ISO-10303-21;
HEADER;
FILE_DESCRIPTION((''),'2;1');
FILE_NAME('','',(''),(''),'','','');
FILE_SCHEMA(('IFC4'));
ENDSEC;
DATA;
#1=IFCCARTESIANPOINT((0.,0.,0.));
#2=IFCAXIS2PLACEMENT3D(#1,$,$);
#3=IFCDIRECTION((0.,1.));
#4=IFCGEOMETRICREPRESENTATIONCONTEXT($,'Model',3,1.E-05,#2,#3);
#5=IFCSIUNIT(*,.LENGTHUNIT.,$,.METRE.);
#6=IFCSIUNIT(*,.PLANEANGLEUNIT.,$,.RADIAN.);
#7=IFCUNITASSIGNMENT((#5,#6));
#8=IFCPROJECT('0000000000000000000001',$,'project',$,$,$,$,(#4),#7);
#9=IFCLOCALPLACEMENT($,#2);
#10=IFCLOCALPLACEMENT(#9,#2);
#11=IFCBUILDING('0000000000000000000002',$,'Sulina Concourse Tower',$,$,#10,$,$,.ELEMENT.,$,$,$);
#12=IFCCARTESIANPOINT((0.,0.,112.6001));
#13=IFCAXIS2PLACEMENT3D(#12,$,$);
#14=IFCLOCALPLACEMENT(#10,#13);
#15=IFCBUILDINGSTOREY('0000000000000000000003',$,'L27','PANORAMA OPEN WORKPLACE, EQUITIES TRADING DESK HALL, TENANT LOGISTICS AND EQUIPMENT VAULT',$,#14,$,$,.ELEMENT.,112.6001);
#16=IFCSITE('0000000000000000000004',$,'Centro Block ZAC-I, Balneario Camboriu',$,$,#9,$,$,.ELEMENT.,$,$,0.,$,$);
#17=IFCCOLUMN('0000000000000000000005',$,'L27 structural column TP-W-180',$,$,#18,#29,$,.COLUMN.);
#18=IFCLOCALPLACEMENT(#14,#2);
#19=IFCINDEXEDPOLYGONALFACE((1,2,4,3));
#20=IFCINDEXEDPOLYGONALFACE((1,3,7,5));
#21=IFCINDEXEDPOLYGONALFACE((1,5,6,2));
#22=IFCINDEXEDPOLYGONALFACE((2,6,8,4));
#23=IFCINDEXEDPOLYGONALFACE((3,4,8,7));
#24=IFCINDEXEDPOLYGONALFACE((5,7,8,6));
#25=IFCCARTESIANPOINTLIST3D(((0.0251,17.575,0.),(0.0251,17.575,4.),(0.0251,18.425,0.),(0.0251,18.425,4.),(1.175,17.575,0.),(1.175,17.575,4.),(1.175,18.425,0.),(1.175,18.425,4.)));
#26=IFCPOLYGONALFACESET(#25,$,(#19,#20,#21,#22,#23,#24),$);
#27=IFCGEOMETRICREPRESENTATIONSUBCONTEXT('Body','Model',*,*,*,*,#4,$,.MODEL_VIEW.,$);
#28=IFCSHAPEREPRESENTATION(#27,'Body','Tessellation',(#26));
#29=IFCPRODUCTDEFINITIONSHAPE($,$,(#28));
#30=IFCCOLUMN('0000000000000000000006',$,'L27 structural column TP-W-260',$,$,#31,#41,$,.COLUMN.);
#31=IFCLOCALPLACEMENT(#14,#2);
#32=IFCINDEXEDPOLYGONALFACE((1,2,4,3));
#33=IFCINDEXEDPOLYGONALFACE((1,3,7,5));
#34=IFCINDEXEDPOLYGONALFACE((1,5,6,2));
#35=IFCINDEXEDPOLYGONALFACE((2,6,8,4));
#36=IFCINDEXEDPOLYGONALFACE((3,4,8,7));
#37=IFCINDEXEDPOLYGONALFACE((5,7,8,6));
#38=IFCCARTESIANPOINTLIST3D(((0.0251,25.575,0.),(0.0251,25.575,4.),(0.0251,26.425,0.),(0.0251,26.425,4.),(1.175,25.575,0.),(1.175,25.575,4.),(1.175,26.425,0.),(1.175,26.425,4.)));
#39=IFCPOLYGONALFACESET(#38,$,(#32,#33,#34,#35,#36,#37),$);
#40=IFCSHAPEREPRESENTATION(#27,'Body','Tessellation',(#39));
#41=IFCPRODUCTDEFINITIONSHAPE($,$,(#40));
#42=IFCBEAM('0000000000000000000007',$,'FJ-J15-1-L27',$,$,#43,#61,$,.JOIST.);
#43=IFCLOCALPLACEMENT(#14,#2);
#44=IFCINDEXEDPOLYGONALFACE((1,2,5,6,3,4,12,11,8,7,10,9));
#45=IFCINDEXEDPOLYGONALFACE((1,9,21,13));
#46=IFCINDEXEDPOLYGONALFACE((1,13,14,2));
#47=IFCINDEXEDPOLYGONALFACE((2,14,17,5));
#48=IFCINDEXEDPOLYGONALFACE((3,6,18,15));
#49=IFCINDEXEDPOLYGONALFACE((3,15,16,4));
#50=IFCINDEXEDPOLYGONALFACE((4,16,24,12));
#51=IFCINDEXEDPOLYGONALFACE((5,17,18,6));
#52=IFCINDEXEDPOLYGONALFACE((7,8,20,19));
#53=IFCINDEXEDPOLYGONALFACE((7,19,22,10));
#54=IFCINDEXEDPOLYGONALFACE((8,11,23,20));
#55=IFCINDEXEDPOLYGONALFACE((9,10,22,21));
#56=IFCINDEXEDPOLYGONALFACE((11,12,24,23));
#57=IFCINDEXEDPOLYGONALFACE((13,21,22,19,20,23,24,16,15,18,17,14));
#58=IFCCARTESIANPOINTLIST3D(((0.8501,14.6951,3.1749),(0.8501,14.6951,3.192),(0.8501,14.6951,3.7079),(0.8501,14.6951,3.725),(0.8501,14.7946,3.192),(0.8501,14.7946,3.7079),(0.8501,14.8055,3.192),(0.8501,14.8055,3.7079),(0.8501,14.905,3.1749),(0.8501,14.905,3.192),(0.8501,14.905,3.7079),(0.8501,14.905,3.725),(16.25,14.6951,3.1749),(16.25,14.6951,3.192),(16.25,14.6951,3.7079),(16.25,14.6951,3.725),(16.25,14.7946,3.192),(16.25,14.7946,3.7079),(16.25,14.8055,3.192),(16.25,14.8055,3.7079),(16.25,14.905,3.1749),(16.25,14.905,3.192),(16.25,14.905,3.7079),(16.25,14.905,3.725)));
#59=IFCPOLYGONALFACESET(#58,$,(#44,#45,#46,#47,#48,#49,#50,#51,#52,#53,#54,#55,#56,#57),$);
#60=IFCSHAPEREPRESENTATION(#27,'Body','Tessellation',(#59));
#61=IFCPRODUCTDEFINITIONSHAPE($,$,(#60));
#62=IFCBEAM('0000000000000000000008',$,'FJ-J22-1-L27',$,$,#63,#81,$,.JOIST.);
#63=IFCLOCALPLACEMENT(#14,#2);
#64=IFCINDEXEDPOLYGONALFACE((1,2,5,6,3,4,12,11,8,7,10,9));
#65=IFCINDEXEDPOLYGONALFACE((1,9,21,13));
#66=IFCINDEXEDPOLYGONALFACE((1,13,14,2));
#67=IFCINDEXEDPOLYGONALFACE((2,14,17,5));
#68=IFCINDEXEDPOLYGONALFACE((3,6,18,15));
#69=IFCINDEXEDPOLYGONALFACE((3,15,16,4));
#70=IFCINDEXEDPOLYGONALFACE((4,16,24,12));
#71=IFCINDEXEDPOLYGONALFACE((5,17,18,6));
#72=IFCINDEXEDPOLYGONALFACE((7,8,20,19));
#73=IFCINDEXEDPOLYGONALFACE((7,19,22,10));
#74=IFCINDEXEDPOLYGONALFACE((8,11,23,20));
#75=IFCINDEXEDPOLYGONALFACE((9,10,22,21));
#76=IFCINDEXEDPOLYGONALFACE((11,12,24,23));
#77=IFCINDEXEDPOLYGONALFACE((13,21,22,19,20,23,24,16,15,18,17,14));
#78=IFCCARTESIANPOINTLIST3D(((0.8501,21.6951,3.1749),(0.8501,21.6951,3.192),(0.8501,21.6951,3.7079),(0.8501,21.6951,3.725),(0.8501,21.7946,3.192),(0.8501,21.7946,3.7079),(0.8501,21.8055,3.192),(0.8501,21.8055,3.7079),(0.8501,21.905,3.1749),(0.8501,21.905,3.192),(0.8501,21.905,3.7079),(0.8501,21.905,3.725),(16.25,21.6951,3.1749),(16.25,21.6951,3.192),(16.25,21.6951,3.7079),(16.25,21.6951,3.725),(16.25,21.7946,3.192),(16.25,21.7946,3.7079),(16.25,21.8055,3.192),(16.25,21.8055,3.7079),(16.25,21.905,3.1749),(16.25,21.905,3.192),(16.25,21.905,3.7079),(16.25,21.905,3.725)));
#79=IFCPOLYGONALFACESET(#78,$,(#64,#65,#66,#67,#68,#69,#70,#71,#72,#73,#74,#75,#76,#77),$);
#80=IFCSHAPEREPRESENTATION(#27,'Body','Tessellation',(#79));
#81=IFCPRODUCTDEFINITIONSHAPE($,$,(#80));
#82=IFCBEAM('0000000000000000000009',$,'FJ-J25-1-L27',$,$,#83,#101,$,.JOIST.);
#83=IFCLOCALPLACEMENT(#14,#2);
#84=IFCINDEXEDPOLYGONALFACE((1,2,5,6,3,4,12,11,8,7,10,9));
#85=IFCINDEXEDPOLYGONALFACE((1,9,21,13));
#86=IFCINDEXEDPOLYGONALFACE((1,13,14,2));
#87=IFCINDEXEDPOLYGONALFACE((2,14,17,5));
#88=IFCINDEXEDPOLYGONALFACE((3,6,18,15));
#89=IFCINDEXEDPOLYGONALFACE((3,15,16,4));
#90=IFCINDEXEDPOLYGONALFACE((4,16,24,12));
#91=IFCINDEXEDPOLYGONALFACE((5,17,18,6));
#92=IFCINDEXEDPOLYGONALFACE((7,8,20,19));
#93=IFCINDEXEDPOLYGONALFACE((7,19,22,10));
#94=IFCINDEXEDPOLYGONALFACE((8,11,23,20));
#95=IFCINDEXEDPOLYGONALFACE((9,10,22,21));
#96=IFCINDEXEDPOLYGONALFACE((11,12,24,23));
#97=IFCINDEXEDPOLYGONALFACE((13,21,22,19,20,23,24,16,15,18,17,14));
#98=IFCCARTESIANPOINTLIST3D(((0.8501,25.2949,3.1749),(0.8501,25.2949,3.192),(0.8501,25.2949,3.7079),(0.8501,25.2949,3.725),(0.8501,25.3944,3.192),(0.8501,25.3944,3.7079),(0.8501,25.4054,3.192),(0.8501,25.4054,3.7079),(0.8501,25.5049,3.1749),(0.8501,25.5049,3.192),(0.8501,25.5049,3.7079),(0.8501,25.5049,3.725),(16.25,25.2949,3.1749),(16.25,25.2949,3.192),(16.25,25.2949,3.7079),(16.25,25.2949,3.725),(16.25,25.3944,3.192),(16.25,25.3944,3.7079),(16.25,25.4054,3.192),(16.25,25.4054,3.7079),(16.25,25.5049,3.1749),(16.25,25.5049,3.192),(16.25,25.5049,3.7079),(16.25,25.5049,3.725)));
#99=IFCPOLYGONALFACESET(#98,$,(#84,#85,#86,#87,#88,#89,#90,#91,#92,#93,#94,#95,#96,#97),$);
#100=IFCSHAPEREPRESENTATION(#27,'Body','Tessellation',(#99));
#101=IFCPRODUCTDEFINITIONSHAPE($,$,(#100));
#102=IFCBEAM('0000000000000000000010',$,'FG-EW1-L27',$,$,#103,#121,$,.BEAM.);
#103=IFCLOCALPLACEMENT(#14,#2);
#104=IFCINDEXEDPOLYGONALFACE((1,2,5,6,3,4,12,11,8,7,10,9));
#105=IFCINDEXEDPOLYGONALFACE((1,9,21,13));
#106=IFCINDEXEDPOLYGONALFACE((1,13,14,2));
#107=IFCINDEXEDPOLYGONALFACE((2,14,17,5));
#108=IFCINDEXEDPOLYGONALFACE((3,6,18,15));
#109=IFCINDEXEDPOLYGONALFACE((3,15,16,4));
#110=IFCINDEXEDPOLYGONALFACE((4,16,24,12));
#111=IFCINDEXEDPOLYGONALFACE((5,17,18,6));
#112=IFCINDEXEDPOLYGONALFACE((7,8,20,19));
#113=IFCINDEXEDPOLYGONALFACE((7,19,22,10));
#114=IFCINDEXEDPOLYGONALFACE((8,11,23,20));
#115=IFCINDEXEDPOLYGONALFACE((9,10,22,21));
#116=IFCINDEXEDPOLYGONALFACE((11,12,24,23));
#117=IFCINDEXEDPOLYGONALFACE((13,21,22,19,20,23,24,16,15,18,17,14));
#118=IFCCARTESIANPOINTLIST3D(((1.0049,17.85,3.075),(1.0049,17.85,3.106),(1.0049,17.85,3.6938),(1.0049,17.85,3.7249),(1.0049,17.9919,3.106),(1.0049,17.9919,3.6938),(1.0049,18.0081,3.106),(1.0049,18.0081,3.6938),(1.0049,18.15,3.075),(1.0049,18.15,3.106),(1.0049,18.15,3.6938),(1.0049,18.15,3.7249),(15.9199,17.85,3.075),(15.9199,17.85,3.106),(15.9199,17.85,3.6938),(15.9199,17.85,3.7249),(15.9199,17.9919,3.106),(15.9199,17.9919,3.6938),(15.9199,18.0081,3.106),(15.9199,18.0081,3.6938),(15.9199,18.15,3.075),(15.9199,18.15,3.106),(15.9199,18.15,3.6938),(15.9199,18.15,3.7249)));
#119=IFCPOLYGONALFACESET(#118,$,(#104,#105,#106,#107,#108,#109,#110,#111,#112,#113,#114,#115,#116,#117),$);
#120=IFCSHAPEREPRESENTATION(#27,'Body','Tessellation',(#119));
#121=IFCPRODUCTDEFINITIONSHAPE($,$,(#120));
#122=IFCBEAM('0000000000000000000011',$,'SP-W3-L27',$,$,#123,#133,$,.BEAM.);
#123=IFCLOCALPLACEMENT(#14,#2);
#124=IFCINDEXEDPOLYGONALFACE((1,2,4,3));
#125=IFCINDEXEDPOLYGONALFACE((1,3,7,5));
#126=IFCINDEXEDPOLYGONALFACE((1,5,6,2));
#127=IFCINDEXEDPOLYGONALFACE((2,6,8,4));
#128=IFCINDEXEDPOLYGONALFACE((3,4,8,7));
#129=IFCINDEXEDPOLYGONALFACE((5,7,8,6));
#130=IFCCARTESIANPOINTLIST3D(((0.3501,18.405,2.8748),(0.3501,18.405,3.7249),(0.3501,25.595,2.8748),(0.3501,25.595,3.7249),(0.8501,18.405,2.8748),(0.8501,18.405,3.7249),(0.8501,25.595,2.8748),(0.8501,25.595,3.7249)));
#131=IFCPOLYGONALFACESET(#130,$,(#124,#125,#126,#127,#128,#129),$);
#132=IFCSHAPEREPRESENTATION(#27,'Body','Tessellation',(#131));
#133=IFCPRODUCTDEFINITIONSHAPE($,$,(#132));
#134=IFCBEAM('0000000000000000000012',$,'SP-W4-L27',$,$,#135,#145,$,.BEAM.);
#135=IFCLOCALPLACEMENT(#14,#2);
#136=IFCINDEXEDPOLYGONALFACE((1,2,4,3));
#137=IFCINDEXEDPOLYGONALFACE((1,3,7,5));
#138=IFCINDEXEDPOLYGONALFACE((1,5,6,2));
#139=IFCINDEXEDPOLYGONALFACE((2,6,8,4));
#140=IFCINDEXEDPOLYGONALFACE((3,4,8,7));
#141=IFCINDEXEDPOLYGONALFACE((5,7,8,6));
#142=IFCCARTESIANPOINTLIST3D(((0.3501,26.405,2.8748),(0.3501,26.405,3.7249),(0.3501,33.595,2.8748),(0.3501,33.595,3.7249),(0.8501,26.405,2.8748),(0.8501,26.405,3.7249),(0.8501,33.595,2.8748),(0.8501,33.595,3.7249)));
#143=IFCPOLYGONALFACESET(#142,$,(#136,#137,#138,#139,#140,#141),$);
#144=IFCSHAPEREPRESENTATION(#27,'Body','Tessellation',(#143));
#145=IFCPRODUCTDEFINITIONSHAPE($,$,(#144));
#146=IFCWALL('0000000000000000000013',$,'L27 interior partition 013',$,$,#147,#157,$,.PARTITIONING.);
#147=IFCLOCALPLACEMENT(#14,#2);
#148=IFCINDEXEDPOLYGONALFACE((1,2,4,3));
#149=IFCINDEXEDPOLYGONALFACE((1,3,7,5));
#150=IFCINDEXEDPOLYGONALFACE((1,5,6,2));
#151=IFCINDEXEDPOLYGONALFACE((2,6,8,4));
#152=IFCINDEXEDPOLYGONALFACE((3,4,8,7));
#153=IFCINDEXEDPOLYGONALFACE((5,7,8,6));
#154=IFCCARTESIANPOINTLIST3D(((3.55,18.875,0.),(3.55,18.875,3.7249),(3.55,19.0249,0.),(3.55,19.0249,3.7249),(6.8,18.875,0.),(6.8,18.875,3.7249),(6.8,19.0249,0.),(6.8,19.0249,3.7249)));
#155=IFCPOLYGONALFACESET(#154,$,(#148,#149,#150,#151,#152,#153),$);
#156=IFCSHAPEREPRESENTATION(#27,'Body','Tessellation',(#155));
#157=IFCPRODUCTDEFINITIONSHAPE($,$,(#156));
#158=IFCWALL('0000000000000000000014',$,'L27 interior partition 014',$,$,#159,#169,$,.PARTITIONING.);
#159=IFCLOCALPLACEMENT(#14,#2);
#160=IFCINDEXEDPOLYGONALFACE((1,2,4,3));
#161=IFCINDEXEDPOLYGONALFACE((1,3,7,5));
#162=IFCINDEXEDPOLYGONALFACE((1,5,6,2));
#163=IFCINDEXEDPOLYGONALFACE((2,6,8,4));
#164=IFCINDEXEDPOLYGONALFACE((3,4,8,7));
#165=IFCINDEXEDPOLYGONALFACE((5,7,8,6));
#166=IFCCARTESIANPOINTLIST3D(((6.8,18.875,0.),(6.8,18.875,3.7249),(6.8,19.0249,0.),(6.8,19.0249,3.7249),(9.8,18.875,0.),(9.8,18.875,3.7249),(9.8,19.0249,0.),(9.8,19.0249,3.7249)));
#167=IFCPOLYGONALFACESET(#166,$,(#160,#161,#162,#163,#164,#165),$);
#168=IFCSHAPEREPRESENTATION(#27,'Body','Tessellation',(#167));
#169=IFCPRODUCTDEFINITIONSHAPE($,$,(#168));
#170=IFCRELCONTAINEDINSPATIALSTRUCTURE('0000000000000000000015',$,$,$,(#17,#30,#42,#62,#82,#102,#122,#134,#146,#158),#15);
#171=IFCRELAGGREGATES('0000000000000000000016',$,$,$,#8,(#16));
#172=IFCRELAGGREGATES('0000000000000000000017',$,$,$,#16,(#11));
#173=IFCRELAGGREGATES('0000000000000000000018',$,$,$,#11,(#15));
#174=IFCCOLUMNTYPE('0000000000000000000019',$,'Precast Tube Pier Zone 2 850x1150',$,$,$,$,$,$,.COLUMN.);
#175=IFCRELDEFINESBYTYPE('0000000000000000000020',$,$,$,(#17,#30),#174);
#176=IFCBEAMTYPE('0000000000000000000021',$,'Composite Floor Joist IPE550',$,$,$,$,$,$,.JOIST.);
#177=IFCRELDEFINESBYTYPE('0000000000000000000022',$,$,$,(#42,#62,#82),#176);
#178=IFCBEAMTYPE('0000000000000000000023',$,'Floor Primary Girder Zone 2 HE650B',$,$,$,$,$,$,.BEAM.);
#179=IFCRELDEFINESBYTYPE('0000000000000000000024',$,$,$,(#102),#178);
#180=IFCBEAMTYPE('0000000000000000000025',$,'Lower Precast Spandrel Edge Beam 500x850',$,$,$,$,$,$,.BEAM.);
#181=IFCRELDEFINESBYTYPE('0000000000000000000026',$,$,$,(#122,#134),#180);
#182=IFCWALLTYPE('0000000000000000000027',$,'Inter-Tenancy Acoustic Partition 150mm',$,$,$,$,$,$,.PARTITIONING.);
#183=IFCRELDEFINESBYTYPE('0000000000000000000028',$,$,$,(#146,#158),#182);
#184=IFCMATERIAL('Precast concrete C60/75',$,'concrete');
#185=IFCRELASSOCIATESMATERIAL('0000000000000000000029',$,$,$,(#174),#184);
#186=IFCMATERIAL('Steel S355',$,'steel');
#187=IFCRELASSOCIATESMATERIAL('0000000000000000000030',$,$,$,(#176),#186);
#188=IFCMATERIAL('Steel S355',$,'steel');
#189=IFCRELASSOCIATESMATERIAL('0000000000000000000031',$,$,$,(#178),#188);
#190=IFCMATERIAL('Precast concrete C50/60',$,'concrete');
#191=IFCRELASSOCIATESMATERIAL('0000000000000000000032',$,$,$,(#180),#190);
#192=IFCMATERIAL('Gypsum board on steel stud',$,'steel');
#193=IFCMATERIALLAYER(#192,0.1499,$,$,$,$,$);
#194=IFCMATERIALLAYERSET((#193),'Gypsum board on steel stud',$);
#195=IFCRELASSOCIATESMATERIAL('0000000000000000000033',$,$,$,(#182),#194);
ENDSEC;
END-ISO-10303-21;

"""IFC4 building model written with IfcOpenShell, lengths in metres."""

from ifc_helpers import new_model, si_unit, direction, frame, frame_2d, origin, origin_2d, place, context, subcontext, project, spatial, rectangle, i_section, extrude, material, layer, layer_set, material_profile, profile_set, type_object, element, save


model = new_model("IFC4")

# Units and contexts
model_context = context("Model", 3, precision=1e-05, world=origin(), true_north=direction((0.0, 1.0)))
body_context = subcontext(model_context, "Body", "Model", "MODEL_VIEW")
ifc_project = project(units=[si_unit("LENGTHUNIT", "METRE"), si_unit("PLANEANGLEUNIT", "RADIAN")], contexts=[model_context])

# Site, building, storey
site_placement = place(None, origin())
site = spatial("IfcSite", under=ifc_project, at=site_placement, Name="Centro Block ZAC-I, Balneario Camboriu", CompositionType="ELEMENT", RefElevation=0.0)
building_placement = place(site_placement, origin())
building = spatial("IfcBuilding", under=site, at=building_placement, Name="Sulina Concourse Tower", CompositionType="ELEMENT")
storey_placement = place(building_placement, frame((0.0, 0.0, 112.6001)))
storey = spatial("IfcBuildingStorey", under=building, at=storey_placement, Name="L27", Description="PANORAMA OPEN WORKPLACE, EQUITIES TRADING DESK HALL, TENANT LOGISTICS AND EQUIPMENT VAULT", CompositionType="ELEMENT", Elevation=112.6001)

# Columns
ifc_material_1 = material(Name="Precast concrete C60/75", Category="concrete")
ifc_material_profile_1 = material_profile(ifc_material_1, rectangle(XDim=0.8501, YDim=1.1499, at=origin_2d()), Name="PC 850x1150")
ifc_profile_set_1 = profile_set([ifc_material_profile_1], Name="Precast concrete C60/75")
column_type = type_object("IfcColumnType", Name="Precast Tube Pier Zone 2 850x1150", PredefinedType="COLUMN", material=ifc_profile_set_1)
for number, where, z_axis, x_axis, name in (
    (1, (0.6001, 18.0, 0.0), (0.0, 0.0, 1.0), (0.0, 1.0, 0.0), "L27 structural column TP-W-180"),
    (2, (0.6001, 26.0, 0.0), (0.0, 0.0, 1.0), (0.0, 1.0, 0.0), "L27 structural column TP-W-260"),
):
    element("IfcColumn", number, at=place(storey_placement, frame(where, z_axis=z_axis, x_axis=x_axis)), inside=storey, type_object=column_type, Name=name, PredefinedType="COLUMN", context=body_context, shape_type="SweptSolid", body=[
        extrude(rectangle(XDim=0.8501, YDim=1.1499, at=origin_2d()), origin(), (0.0, 0.0, 1.0), 4.0),
    ])

# Beams
ifc_material_2 = material(Name="Steel S355", Category="steel")
ifc_material_profile_2 = material_profile(ifc_material_2, i_section(OverallWidth=0.21, OverallDepth=0.55, WebThickness=0.011, FlangeThickness=0.0171, at=origin_2d()), Name="IPE 550")
ifc_profile_set_2 = profile_set([ifc_material_profile_2], Name="Steel S355")
beam_type_1 = type_object("IfcBeamType", Name="Composite Floor Joist IPE550", PredefinedType="JOIST", material=ifc_profile_set_2)
for number, where, z_axis, x_axis, name in (
    (3, (0.8501, 14.8, 3.45), (1.0, 0.0, 0.0), (0.0, 1.0, 0.0), "FJ-J15-1-L27"),
    (4, (0.8501, 21.8, 3.45), (1.0, 0.0, 0.0), (0.0, 1.0, 0.0), "FJ-J22-1-L27"),
    (5, (0.8501, 25.3999, 3.45), (1.0, 0.0, 0.0), (0.0, 1.0, 0.0), "FJ-J25-1-L27"),
):
    element("IfcBeam", number, at=place(storey_placement, frame(where, z_axis=z_axis, x_axis=x_axis)), inside=storey, type_object=beam_type_1, Name=name, PredefinedType="JOIST", context=body_context, shape_type="SweptSolid", body=[
        extrude(i_section(OverallWidth=0.21, OverallDepth=0.55, WebThickness=0.011, FlangeThickness=0.0171, at=origin_2d()), origin(), (0.0, 0.0, 1.0), 15.3999),
    ])
ifc_material_3 = material(Name="Steel S355", Category="steel")
ifc_material_profile_3 = material_profile(ifc_material_3, i_section(OverallWidth=0.3, OverallDepth=0.6499, WebThickness=0.0161, FlangeThickness=0.031, at=origin_2d()), Name="HE 650 B")
ifc_profile_set_3 = profile_set([ifc_material_profile_3], Name="Steel S355")
beam_type_2 = type_object("IfcBeamType", Name="Floor Primary Girder Zone 2 HE650B", PredefinedType="BEAM", material=ifc_profile_set_3)
beam_placement = place(storey_placement, frame((1.0049, 18.0, 3.3999), z_axis=(1.0, 0.0, 0.0), x_axis=(0.0, 1.0, 0.0)))
element("IfcBeam", 6, at=beam_placement, inside=storey, type_object=beam_type_2, Name="FG-EW1-L27", PredefinedType="BEAM", context=body_context, shape_type="SweptSolid", body=[
    extrude(i_section(OverallWidth=0.3, OverallDepth=0.6499, WebThickness=0.0161, FlangeThickness=0.031, at=origin_2d()), origin(), (0.0, 0.0, 1.0), 14.915),
])
ifc_material_4 = material(Name="Precast concrete C50/60", Category="concrete")
ifc_material_profile_4 = material_profile(ifc_material_4, rectangle(XDim=0.5, YDim=0.8501, at=origin_2d()), Name="RC 500x850")
ifc_profile_set_4 = profile_set([ifc_material_profile_4], Name="Precast concrete C50/60")
beam_type_3 = type_object("IfcBeamType", Name="Lower Precast Spandrel Edge Beam 500x850", PredefinedType="BEAM", material=ifc_profile_set_4)
for number, where, z_axis, x_axis, name in (
    (7, (0.6001, 18.405, 3.2998), (0.0, 1.0, 0.0), (-1.0, 0.0, 0.0), "SP-W3-L27"),
    (8, (0.6001, 26.405, 3.2998), (0.0, 1.0, 0.0), (-1.0, 0.0, 0.0), "SP-W4-L27"),
):
    element("IfcBeam", number, at=place(storey_placement, frame(where, z_axis=z_axis, x_axis=x_axis)), inside=storey, type_object=beam_type_3, Name=name, PredefinedType="BEAM", context=body_context, shape_type="SweptSolid", body=[
        extrude(rectangle(XDim=0.5, YDim=0.8501, at=origin_2d()), origin(), (0.0, 0.0, 1.0), 7.1899),
    ])

# Walls
ifc_material_5 = material(Name="Gypsum board on steel stud", Category="steel")
ifc_layer_1 = layer(ifc_material_5, 0.1499)
ifc_layer_set_1 = layer_set([ifc_layer_1], Name="Gypsum board on steel stud")
wall_type_1 = type_object("IfcWallType", Name="Inter-Tenancy Acoustic Partition 150mm", PredefinedType="PARTITIONING", material=ifc_layer_set_1)
wall_1_placement = place(storey_placement, frame((3.55, 18.95, 0.0), z_axis=(0.0, 0.0, 1.0), x_axis=(1.0, 0.0, 0.0)))
element("IfcWall", 9, at=wall_1_placement, inside=storey, type_object=wall_type_1, Name="L27 interior partition 013", PredefinedType="PARTITIONING", context=body_context, shape_type="SweptSolid", body=[
    extrude(rectangle(XDim=3.25, YDim=0.1499, at=frame_2d((1.625, 0.0))), origin(), (0.0, 0.0, 1.0), 3.7249),
])
wall_2_placement = place(storey_placement, frame((6.8, 18.95, 0.0), z_axis=(0.0, 0.0, 1.0), x_axis=(1.0, 0.0, 0.0)))
element("IfcWall", 10, at=wall_2_placement, inside=storey, type_object=wall_type_1, Name="L27 interior partition 014", PredefinedType="PARTITIONING", context=body_context, shape_type="SweptSolid", body=[
    extrude(rectangle(XDim=3.0, YDim=0.1499, at=frame_2d((1.5, 0.0))), origin(), (0.0, 0.0, 1.0), 3.7249),
])

save(model, "model.ifc")
